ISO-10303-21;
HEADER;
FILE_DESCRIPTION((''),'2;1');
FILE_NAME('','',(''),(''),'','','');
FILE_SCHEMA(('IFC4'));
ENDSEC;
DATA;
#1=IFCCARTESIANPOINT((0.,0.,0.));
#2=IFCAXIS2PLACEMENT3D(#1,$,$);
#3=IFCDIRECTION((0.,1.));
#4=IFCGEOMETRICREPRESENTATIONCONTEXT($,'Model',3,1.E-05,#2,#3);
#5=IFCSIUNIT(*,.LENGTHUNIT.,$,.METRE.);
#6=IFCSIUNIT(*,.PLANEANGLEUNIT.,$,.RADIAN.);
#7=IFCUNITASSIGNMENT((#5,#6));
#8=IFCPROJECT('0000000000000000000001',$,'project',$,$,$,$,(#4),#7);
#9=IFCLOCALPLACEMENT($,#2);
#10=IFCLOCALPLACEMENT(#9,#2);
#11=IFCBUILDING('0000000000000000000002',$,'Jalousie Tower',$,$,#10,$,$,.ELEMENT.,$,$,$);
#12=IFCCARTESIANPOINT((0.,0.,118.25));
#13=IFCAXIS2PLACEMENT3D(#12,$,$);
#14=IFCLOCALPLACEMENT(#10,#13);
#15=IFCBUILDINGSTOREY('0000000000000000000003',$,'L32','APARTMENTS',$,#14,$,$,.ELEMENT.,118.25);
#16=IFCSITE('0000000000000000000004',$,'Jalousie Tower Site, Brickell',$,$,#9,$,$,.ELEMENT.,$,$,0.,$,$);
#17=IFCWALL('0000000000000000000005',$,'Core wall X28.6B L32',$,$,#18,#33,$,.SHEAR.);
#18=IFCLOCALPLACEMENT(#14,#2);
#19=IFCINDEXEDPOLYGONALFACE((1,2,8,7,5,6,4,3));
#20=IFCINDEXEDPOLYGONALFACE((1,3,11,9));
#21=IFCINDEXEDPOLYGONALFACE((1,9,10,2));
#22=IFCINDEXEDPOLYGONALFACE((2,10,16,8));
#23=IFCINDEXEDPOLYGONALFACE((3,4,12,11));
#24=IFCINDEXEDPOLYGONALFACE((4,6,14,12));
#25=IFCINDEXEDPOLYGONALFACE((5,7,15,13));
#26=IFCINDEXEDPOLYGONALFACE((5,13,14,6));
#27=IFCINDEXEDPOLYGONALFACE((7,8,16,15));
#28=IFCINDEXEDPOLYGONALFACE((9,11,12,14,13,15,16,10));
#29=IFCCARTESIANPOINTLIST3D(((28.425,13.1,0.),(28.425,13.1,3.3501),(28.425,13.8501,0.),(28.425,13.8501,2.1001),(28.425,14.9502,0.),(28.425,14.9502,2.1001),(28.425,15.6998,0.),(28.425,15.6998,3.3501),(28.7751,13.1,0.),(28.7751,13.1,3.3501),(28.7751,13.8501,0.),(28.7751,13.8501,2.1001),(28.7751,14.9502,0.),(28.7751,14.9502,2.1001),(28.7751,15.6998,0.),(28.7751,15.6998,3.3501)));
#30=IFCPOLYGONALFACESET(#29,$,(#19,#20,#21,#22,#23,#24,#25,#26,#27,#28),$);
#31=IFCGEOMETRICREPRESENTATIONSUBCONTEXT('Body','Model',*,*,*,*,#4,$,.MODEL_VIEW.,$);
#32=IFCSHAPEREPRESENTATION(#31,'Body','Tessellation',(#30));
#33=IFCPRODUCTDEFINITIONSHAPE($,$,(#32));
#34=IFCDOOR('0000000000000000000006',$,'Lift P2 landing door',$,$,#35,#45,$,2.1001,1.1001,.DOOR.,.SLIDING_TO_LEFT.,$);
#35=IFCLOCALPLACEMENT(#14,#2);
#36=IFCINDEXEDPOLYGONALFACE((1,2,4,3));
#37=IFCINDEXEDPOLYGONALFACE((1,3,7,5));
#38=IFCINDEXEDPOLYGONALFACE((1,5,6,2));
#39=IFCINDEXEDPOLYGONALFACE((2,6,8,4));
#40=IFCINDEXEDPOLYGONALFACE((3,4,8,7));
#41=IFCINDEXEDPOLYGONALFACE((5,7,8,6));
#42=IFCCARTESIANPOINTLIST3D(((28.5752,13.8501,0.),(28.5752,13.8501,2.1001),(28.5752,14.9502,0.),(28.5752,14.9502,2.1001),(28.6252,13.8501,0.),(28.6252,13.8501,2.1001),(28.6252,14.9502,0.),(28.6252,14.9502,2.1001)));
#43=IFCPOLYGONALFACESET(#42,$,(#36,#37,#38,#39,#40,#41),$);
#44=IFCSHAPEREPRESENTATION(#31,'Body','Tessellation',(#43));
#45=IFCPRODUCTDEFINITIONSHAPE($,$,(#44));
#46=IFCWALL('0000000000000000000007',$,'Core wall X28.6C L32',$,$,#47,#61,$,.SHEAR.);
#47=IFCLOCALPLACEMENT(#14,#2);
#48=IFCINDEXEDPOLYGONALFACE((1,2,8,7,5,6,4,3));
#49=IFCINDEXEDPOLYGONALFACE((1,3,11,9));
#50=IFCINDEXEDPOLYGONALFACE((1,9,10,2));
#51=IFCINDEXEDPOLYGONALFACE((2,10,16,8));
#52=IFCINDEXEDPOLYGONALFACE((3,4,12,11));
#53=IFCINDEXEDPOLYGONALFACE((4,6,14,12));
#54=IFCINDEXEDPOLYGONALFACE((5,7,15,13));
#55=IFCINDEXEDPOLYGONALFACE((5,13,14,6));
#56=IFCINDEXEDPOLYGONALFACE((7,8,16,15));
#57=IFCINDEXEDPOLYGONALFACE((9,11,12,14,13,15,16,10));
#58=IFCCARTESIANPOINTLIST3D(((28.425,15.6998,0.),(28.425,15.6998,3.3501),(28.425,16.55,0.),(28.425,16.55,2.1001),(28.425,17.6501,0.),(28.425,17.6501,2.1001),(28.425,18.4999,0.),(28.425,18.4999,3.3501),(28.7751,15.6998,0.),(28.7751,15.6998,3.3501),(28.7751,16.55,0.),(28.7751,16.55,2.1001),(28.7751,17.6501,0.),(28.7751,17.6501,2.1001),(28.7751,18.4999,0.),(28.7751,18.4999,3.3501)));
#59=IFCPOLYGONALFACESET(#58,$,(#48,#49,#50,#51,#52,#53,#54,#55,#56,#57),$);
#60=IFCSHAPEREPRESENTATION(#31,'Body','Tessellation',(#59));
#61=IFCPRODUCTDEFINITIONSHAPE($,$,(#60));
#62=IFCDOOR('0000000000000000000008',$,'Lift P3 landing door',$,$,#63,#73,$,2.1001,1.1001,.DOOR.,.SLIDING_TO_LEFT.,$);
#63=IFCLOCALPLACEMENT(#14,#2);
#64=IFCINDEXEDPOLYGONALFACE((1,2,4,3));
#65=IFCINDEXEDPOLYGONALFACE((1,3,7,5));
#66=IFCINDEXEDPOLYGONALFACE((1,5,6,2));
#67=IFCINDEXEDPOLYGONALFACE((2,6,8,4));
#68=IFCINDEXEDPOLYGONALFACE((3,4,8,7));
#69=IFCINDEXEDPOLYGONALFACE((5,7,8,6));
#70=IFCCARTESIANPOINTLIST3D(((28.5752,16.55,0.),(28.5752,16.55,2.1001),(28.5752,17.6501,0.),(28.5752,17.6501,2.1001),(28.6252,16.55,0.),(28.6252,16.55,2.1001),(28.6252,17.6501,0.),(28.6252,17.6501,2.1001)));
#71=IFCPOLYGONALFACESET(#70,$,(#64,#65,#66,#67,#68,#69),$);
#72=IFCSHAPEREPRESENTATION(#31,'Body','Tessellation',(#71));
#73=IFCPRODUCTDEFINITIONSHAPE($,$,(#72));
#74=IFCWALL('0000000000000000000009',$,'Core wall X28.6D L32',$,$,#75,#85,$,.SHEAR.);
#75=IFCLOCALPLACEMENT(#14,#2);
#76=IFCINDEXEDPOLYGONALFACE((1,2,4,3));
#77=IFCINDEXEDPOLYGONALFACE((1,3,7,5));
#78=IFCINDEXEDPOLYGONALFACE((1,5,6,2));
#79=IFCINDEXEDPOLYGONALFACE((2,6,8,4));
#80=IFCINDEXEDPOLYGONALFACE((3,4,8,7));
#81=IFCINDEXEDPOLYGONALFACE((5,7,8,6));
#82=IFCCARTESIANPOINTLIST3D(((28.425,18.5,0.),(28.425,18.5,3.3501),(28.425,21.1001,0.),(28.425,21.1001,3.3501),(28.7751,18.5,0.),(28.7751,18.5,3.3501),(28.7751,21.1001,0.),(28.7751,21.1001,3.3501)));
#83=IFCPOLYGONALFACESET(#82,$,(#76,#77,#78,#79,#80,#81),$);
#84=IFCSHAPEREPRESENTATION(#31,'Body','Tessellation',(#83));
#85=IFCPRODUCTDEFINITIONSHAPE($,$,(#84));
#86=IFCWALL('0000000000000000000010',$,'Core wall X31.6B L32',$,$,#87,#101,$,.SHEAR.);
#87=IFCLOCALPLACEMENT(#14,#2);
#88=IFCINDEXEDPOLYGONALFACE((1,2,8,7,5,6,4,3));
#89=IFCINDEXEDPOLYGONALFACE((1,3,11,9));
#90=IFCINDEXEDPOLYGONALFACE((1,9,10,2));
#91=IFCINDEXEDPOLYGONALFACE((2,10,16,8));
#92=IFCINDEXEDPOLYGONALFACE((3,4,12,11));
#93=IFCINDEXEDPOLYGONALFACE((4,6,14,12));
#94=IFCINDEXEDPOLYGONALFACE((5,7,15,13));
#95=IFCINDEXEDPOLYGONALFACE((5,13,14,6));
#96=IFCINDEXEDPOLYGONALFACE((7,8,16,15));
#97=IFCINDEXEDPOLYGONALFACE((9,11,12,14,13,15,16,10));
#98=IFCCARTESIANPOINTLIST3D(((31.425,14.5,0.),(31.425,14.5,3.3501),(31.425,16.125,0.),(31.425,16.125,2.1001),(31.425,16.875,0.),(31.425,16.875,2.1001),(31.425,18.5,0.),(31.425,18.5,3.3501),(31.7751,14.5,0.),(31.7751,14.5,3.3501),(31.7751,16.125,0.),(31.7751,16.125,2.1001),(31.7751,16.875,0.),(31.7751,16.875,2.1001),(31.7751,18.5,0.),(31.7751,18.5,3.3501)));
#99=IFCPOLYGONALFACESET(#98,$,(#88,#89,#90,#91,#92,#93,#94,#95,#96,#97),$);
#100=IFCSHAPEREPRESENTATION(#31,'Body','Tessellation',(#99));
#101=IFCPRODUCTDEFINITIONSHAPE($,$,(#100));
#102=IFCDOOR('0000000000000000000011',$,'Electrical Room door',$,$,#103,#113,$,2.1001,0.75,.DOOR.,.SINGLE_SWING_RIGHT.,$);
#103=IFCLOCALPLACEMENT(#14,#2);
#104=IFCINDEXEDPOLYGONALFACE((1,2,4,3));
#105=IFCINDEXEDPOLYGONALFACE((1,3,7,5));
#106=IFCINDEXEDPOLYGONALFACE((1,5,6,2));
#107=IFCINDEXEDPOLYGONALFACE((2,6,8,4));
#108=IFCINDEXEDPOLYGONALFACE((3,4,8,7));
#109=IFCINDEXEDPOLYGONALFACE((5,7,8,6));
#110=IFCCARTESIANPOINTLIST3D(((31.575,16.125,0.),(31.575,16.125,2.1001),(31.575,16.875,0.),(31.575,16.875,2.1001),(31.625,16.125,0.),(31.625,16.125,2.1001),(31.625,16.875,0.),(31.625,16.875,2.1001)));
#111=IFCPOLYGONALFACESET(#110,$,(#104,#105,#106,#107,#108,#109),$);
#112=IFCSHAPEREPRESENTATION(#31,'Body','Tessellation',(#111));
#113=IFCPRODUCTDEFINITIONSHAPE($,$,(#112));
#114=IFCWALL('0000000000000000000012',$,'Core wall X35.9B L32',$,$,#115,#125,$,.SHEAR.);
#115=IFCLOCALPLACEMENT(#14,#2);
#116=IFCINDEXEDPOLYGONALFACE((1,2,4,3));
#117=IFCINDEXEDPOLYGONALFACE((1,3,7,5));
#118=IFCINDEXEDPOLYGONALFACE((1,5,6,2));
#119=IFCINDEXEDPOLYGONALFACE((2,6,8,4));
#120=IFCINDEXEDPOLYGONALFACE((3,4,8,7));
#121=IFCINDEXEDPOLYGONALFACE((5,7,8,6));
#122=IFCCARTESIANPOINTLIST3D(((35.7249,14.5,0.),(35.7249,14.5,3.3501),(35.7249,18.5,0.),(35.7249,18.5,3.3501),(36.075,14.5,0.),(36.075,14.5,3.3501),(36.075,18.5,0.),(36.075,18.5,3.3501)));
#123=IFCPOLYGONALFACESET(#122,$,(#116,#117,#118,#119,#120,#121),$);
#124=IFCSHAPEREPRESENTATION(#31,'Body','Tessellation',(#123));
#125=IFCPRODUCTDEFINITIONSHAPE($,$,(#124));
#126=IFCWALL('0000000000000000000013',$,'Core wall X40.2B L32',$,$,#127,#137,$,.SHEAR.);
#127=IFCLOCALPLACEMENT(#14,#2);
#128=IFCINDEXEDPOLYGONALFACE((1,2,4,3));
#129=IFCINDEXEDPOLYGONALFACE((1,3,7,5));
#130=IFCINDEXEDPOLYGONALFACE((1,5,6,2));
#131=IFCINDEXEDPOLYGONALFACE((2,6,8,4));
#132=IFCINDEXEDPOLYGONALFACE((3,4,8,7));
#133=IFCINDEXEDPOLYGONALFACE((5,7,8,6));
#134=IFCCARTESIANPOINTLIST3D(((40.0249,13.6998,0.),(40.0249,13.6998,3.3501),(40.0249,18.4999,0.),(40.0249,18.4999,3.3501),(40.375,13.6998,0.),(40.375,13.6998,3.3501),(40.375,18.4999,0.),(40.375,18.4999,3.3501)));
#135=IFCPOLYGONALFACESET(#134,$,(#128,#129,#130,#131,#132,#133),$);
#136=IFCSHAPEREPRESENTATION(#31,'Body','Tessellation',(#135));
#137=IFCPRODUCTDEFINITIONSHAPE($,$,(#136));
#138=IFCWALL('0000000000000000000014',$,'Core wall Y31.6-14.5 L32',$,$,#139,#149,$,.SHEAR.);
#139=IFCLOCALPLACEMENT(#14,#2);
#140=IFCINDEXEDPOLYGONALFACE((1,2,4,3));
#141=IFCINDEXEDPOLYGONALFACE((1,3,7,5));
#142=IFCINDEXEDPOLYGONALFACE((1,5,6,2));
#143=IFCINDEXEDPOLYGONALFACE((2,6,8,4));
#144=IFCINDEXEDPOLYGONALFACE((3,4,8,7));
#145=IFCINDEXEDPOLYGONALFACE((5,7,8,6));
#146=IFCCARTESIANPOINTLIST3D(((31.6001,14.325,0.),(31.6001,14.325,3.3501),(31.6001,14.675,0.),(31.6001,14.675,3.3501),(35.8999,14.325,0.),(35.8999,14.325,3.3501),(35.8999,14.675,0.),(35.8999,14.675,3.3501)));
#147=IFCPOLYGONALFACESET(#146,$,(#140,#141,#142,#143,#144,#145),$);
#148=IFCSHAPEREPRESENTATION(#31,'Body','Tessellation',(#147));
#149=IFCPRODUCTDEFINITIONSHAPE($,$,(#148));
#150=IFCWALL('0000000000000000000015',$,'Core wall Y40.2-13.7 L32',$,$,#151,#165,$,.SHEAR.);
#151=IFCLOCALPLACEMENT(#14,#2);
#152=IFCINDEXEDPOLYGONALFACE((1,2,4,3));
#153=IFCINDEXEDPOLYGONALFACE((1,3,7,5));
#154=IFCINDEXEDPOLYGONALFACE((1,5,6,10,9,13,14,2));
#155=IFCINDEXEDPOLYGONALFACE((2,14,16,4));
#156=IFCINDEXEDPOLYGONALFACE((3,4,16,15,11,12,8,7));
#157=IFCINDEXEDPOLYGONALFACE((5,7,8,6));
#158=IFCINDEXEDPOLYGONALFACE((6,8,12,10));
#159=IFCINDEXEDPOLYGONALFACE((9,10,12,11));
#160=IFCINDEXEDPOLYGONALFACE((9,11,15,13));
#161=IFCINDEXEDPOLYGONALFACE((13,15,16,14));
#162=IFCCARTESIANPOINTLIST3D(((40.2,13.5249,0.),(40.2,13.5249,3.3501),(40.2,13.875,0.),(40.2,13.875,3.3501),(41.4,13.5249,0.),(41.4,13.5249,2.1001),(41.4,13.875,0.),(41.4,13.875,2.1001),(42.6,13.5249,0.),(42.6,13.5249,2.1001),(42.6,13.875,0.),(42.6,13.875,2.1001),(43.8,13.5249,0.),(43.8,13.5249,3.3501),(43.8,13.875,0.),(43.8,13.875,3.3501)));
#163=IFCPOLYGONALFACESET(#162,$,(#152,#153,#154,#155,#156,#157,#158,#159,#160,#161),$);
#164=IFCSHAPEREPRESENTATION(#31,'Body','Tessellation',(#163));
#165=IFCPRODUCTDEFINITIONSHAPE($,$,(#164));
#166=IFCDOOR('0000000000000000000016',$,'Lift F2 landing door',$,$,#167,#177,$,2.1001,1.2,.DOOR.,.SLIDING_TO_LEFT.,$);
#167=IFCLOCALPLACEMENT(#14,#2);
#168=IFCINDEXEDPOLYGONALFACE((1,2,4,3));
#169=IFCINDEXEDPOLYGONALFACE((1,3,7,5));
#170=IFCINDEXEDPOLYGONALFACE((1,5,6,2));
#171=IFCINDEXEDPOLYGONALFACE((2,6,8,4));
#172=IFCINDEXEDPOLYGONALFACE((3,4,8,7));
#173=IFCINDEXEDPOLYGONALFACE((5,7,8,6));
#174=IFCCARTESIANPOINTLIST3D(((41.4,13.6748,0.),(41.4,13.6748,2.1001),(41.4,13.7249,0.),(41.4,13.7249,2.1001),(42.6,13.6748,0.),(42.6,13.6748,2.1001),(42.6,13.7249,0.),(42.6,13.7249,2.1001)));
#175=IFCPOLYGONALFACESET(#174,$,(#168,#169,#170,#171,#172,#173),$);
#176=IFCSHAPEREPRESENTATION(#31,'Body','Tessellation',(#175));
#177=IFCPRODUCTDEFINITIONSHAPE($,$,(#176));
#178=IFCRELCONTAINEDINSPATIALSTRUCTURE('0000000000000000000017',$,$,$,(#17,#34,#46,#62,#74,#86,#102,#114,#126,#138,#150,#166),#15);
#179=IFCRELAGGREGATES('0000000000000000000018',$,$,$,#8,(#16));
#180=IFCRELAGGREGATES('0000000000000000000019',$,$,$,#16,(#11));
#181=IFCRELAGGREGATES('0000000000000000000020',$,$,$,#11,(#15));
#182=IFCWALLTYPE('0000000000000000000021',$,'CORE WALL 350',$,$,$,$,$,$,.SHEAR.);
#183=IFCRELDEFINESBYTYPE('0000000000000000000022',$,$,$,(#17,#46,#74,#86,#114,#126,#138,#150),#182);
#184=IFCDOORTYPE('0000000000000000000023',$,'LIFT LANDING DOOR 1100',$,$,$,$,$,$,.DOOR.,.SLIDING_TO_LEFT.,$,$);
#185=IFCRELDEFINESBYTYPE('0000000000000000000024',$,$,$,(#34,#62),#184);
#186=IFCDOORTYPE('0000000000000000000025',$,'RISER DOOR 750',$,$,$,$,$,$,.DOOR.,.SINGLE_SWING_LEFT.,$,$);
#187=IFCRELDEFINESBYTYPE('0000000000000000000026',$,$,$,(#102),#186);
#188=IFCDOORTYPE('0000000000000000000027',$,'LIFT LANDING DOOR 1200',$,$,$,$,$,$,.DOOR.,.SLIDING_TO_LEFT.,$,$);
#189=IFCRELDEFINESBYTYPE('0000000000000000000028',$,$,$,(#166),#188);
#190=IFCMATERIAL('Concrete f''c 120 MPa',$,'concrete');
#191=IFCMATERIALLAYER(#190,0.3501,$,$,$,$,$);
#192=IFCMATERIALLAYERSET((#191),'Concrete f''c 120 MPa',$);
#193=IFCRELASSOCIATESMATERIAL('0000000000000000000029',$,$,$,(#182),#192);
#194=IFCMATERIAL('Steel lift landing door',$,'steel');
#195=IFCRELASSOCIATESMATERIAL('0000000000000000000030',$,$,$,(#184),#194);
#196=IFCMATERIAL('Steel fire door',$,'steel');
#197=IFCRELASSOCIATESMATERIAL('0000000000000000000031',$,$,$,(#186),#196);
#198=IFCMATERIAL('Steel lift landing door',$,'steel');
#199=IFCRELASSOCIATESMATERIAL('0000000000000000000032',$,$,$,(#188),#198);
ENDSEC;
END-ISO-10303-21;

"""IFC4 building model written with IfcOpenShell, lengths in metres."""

from ifc_helpers import new_model, si_unit, direction, frame, frame_2d, origin, place, context, subcontext, project, spatial, rectangle, extrude, material, layer, layer_set, type_object, element, fill, save


model = new_model("IFC4")

# Units and contexts
model_context = context("Model", 3, precision=1e-05, world=origin(), true_north=direction((0.0, 1.0)))
body_context = subcontext(model_context, "Body", "Model", "MODEL_VIEW")
ifc_project = project(units=[si_unit("LENGTHUNIT", "METRE"), si_unit("PLANEANGLEUNIT", "RADIAN")], contexts=[model_context])

# Site, building, storey
site_placement = place(None, origin())
site = spatial("IfcSite", under=ifc_project, at=site_placement, Name="Jalousie Tower Site, Brickell", CompositionType="ELEMENT", RefElevation=0.0)
building_placement = place(site_placement, origin())
building = spatial("IfcBuilding", under=site, at=building_placement, Name="Jalousie Tower", CompositionType="ELEMENT")
storey_placement = place(building_placement, frame((0.0, 0.0, 118.25)))
storey = spatial("IfcBuildingStorey", under=building, at=storey_placement, Name="L32", Description="APARTMENTS", CompositionType="ELEMENT", Elevation=118.25)

# Walls, openings, doors
ifc_material_1 = material(Name="Concrete f'c 120 MPa", Category="concrete")
ifc_layer = layer(ifc_material_1, 0.3501)
ifc_layer_set = layer_set([ifc_layer], Name="Concrete f'c 120 MPa")
wall_type = type_object("IfcWallType", Name="CORE WALL 350", PredefinedType="SHEAR", material=ifc_layer_set)
wall_1_placement = place(storey_placement, frame((28.6001, 13.1001, 0.0), z_axis=(0.0, 0.0, 1.0), x_axis=(0.0, 1.0, 0.0)))
wall_1 = element("IfcWall", 1, at=wall_1_placement, inside=storey, type_object=wall_type, Name="Core wall X28.6B L32", PredefinedType="SHEAR", context=body_context, shape_type="SweptSolid", body=[
    extrude(rectangle(XDim=2.5999, YDim=0.3501, at=frame_2d((1.2998, 0.0))), origin(), (0.0, 0.0, 1.0), 3.3501),
])
opening_1_placement = place(wall_1_placement, frame((0.75, 0.0, 0.0)))
opening_1 = element("IfcOpeningElement", 2, at=opening_1_placement, cuts=wall_1, PredefinedType="OPENING", context=body_context, shape_type="SweptSolid", body=[
    extrude(rectangle(XDim=1.1001, YDim=2.1001, at=frame_2d((0.55, 1.05))), frame((0.0, 0.1851, 0.0), z_axis=(0.0, -1.0, 0.0), x_axis=(1.0, 0.0, 0.0)), (0.0, 0.0, 1.0), 0.3701),
])
ifc_material_2 = material(Name="Steel lift landing door", Category="steel")
door_type_1 = type_object("IfcDoorType", Name="LIFT LANDING DOOR 1100", OperationType="SLIDING_TO_LEFT", PredefinedType="DOOR", material=ifc_material_2)
door_1_placement = place(opening_1_placement, origin())
door_1 = element("IfcDoor", 3, at=door_1_placement, inside=storey, type_object=door_type_1, Name="Lift P2 landing door", OperationType="SLIDING_TO_LEFT", OverallHeight=2.1001, OverallWidth=1.1001, PredefinedType="DOOR", context=body_context, shape_type="SweptSolid", body=[
    extrude(rectangle(XDim=1.1001, YDim=2.1001, at=frame_2d((0.55, 1.05))), frame((0.0, 0.0249, 0.0), z_axis=(0.0, -1.0, 0.0), x_axis=(1.0, 0.0, 0.0)), (0.0, 0.0, 1.0), 0.05),
])
fill(opening_1, door_1)
wall_2_placement = place(storey_placement, frame((28.6001, 15.7, 0.0), z_axis=(0.0, 0.0, 1.0), x_axis=(0.0, 1.0, 0.0)))
wall_2 = element("IfcWall", 4, at=wall_2_placement, inside=storey, type_object=wall_type, Name="Core wall X28.6C L32", PredefinedType="SHEAR", context=body_context, shape_type="SweptSolid", body=[
    extrude(rectangle(XDim=2.8, YDim=0.3501, at=frame_2d((1.3999, 0.0))), origin(), (0.0, 0.0, 1.0), 3.3501),
])
opening_2_placement = place(wall_2_placement, frame((0.8501, 0.0, 0.0)))
opening_2 = element("IfcOpeningElement", 5, at=opening_2_placement, cuts=wall_2, PredefinedType="OPENING", context=body_context, shape_type="SweptSolid", body=[
    extrude(rectangle(XDim=1.1001, YDim=2.1001, at=frame_2d((0.55, 1.05))), frame((0.0, 0.1851, 0.0), z_axis=(0.0, -1.0, 0.0), x_axis=(1.0, 0.0, 0.0)), (0.0, 0.0, 1.0), 0.3701),
])
door_2_placement = place(opening_2_placement, origin())
door_2 = element("IfcDoor", 6, at=door_2_placement, inside=storey, type_object=door_type_1, Name="Lift P3 landing door", OperationType="SLIDING_TO_LEFT", OverallHeight=2.1001, OverallWidth=1.1001, PredefinedType="DOOR", context=body_context, shape_type="SweptSolid", body=[
    extrude(rectangle(XDim=1.1001, YDim=2.1001, at=frame_2d((0.55, 1.05))), frame((0.0, 0.0249, 0.0), z_axis=(0.0, -1.0, 0.0), x_axis=(1.0, 0.0, 0.0)), (0.0, 0.0, 1.0), 0.05),
])
fill(opening_2, door_2)

# Wall
wall_3_placement = place(storey_placement, frame((28.6001, 18.5, 0.0), z_axis=(0.0, 0.0, 1.0), x_axis=(0.0, 1.0, 0.0)))
element("IfcWall", 7, at=wall_3_placement, inside=storey, type_object=wall_type, Name="Core wall X28.6D L32", PredefinedType="SHEAR", context=body_context, shape_type="SweptSolid", body=[
    extrude(rectangle(XDim=2.6001, YDim=0.3501, at=frame_2d((1.3, 0.0))), origin(), (0.0, 0.0, 1.0), 3.3501),
])

# Wall, opening, door
wall_4_placement = place(storey_placement, frame((31.6001, 14.5, 0.0), z_axis=(0.0, 0.0, 1.0), x_axis=(0.0, 1.0, 0.0)))
wall_4 = element("IfcWall", 8, at=wall_4_placement, inside=storey, type_object=wall_type, Name="Core wall X31.6B L32", PredefinedType="SHEAR", context=body_context, shape_type="SweptSolid", body=[
    extrude(rectangle(XDim=4.0, YDim=0.3501, at=frame_2d((2.0, 0.0))), origin(), (0.0, 0.0, 1.0), 3.3501),
])
opening_3_placement = place(wall_4_placement, frame((1.625, 0.0, 0.0)))
opening_3 = element("IfcOpeningElement", 9, at=opening_3_placement, cuts=wall_4, PredefinedType="OPENING", context=body_context, shape_type="SweptSolid", body=[
    extrude(rectangle(XDim=0.75, YDim=2.1001, at=frame_2d((0.375, 1.05))), frame((0.0, 0.1851, 0.0), z_axis=(0.0, -1.0, 0.0), x_axis=(1.0, 0.0, 0.0)), (0.0, 0.0, 1.0), 0.3701),
])
ifc_material_3 = material(Name="Steel fire door", Category="steel")
door_type_2 = type_object("IfcDoorType", Name="RISER DOOR 750", OperationType="SINGLE_SWING_LEFT", PredefinedType="DOOR", material=ifc_material_3)
door_3_placement = place(opening_3_placement, frame((0.75, 0.0, 0.0), z_axis=(0.0, 0.0, 1.0), x_axis=(-1.0, 0.0, 0.0)))
door_3 = element("IfcDoor", 10, at=door_3_placement, inside=storey, type_object=door_type_2, Name="Electrical Room door", OperationType="SINGLE_SWING_RIGHT", OverallHeight=2.1001, OverallWidth=0.75, PredefinedType="DOOR", context=body_context, shape_type="SweptSolid", body=[
    extrude(rectangle(XDim=0.75, YDim=2.1001, at=frame_2d((0.375, 1.05))), frame((0.0, 0.0249, 0.0), z_axis=(0.0, -1.0, 0.0), x_axis=(1.0, 0.0, 0.0)), (0.0, 0.0, 1.0), 0.05),
])
fill(opening_3, door_3)

# Walls
wall_5_placement = place(storey_placement, frame((35.8999, 14.5, 0.0), z_axis=(0.0, 0.0, 1.0), x_axis=(0.0, 1.0, 0.0)))
element("IfcWall", 11, at=wall_5_placement, inside=storey, type_object=wall_type, Name="Core wall X35.9B L32", PredefinedType="SHEAR", context=body_context, shape_type="SweptSolid", body=[
    extrude(rectangle(XDim=4.0, YDim=0.3501, at=frame_2d((2.0, 0.0))), origin(), (0.0, 0.0, 1.0), 3.3501),
])
wall_6_placement = place(storey_placement, frame((40.2, 13.7, 0.0), z_axis=(0.0, 0.0, 1.0), x_axis=(0.0, 1.0, 0.0)))
element("IfcWall", 12, at=wall_6_placement, inside=storey, type_object=wall_type, Name="Core wall X40.2B L32", PredefinedType="SHEAR", context=body_context, shape_type="SweptSolid", body=[
    extrude(rectangle(XDim=4.8, YDim=0.3501, at=frame_2d((2.3999, 0.0))), origin(), (0.0, 0.0, 1.0), 3.3501),
])
wall_7_placement = place(storey_placement, frame((31.6001, 14.5, 0.0), z_axis=(0.0, 0.0, 1.0), x_axis=(1.0, 0.0, 0.0)))
element("IfcWall", 13, at=wall_7_placement, inside=storey, type_object=wall_type, Name="Core wall Y31.6-14.5 L32", PredefinedType="SHEAR", context=body_context, shape_type="SweptSolid", body=[
    extrude(rectangle(XDim=4.2998, YDim=0.3501, at=frame_2d((2.1499, 0.0))), origin(), (0.0, 0.0, 1.0), 3.3501),
])

# Wall, opening, door
wall_8_placement = place(storey_placement, frame((40.2, 13.7, 0.0), z_axis=(0.0, 0.0, 1.0), x_axis=(1.0, 0.0, 0.0)))
wall_8 = element("IfcWall", 14, at=wall_8_placement, inside=storey, type_object=wall_type, Name="Core wall Y40.2-13.7 L32", PredefinedType="SHEAR", context=body_context, shape_type="SweptSolid", body=[
    extrude(rectangle(XDim=3.6001, YDim=0.3501, at=frame_2d((1.8, 0.0))), origin(), (0.0, 0.0, 1.0), 3.3501),
])
opening_4_placement = place(wall_8_placement, frame((1.2, 0.0, 0.0)))
opening_4 = element("IfcOpeningElement", 15, at=opening_4_placement, cuts=wall_8, PredefinedType="OPENING", context=body_context, shape_type="SweptSolid", body=[
    extrude(rectangle(XDim=1.2, YDim=2.1001, at=frame_2d((0.6001, 1.05))), frame((0.0, 0.1851, 0.0), z_axis=(0.0, -1.0, 0.0), x_axis=(1.0, 0.0, 0.0)), (0.0, 0.0, 1.0), 0.3701),
])
ifc_material_4 = material(Name="Steel lift landing door", Category="steel")
door_type_3 = type_object("IfcDoorType", Name="LIFT LANDING DOOR 1200", OperationType="SLIDING_TO_LEFT", PredefinedType="DOOR", material=ifc_material_4)
door_4_placement = place(opening_4_placement, origin())
door_4 = element("IfcDoor", 16, at=door_4_placement, inside=storey, type_object=door_type_3, Name="Lift F2 landing door", OperationType="SLIDING_TO_LEFT", OverallHeight=2.1001, OverallWidth=1.2, PredefinedType="DOOR", context=body_context, shape_type="SweptSolid", body=[
    extrude(rectangle(XDim=1.2, YDim=2.1001, at=frame_2d((0.6001, 1.05))), frame((0.0, 0.0249, 0.0), z_axis=(0.0, -1.0, 0.0), x_axis=(1.0, 0.0, 0.0)), (0.0, 0.0, 1.0), 0.05),
])
fill(opening_4, door_4)

save(model, "model.ifc")
